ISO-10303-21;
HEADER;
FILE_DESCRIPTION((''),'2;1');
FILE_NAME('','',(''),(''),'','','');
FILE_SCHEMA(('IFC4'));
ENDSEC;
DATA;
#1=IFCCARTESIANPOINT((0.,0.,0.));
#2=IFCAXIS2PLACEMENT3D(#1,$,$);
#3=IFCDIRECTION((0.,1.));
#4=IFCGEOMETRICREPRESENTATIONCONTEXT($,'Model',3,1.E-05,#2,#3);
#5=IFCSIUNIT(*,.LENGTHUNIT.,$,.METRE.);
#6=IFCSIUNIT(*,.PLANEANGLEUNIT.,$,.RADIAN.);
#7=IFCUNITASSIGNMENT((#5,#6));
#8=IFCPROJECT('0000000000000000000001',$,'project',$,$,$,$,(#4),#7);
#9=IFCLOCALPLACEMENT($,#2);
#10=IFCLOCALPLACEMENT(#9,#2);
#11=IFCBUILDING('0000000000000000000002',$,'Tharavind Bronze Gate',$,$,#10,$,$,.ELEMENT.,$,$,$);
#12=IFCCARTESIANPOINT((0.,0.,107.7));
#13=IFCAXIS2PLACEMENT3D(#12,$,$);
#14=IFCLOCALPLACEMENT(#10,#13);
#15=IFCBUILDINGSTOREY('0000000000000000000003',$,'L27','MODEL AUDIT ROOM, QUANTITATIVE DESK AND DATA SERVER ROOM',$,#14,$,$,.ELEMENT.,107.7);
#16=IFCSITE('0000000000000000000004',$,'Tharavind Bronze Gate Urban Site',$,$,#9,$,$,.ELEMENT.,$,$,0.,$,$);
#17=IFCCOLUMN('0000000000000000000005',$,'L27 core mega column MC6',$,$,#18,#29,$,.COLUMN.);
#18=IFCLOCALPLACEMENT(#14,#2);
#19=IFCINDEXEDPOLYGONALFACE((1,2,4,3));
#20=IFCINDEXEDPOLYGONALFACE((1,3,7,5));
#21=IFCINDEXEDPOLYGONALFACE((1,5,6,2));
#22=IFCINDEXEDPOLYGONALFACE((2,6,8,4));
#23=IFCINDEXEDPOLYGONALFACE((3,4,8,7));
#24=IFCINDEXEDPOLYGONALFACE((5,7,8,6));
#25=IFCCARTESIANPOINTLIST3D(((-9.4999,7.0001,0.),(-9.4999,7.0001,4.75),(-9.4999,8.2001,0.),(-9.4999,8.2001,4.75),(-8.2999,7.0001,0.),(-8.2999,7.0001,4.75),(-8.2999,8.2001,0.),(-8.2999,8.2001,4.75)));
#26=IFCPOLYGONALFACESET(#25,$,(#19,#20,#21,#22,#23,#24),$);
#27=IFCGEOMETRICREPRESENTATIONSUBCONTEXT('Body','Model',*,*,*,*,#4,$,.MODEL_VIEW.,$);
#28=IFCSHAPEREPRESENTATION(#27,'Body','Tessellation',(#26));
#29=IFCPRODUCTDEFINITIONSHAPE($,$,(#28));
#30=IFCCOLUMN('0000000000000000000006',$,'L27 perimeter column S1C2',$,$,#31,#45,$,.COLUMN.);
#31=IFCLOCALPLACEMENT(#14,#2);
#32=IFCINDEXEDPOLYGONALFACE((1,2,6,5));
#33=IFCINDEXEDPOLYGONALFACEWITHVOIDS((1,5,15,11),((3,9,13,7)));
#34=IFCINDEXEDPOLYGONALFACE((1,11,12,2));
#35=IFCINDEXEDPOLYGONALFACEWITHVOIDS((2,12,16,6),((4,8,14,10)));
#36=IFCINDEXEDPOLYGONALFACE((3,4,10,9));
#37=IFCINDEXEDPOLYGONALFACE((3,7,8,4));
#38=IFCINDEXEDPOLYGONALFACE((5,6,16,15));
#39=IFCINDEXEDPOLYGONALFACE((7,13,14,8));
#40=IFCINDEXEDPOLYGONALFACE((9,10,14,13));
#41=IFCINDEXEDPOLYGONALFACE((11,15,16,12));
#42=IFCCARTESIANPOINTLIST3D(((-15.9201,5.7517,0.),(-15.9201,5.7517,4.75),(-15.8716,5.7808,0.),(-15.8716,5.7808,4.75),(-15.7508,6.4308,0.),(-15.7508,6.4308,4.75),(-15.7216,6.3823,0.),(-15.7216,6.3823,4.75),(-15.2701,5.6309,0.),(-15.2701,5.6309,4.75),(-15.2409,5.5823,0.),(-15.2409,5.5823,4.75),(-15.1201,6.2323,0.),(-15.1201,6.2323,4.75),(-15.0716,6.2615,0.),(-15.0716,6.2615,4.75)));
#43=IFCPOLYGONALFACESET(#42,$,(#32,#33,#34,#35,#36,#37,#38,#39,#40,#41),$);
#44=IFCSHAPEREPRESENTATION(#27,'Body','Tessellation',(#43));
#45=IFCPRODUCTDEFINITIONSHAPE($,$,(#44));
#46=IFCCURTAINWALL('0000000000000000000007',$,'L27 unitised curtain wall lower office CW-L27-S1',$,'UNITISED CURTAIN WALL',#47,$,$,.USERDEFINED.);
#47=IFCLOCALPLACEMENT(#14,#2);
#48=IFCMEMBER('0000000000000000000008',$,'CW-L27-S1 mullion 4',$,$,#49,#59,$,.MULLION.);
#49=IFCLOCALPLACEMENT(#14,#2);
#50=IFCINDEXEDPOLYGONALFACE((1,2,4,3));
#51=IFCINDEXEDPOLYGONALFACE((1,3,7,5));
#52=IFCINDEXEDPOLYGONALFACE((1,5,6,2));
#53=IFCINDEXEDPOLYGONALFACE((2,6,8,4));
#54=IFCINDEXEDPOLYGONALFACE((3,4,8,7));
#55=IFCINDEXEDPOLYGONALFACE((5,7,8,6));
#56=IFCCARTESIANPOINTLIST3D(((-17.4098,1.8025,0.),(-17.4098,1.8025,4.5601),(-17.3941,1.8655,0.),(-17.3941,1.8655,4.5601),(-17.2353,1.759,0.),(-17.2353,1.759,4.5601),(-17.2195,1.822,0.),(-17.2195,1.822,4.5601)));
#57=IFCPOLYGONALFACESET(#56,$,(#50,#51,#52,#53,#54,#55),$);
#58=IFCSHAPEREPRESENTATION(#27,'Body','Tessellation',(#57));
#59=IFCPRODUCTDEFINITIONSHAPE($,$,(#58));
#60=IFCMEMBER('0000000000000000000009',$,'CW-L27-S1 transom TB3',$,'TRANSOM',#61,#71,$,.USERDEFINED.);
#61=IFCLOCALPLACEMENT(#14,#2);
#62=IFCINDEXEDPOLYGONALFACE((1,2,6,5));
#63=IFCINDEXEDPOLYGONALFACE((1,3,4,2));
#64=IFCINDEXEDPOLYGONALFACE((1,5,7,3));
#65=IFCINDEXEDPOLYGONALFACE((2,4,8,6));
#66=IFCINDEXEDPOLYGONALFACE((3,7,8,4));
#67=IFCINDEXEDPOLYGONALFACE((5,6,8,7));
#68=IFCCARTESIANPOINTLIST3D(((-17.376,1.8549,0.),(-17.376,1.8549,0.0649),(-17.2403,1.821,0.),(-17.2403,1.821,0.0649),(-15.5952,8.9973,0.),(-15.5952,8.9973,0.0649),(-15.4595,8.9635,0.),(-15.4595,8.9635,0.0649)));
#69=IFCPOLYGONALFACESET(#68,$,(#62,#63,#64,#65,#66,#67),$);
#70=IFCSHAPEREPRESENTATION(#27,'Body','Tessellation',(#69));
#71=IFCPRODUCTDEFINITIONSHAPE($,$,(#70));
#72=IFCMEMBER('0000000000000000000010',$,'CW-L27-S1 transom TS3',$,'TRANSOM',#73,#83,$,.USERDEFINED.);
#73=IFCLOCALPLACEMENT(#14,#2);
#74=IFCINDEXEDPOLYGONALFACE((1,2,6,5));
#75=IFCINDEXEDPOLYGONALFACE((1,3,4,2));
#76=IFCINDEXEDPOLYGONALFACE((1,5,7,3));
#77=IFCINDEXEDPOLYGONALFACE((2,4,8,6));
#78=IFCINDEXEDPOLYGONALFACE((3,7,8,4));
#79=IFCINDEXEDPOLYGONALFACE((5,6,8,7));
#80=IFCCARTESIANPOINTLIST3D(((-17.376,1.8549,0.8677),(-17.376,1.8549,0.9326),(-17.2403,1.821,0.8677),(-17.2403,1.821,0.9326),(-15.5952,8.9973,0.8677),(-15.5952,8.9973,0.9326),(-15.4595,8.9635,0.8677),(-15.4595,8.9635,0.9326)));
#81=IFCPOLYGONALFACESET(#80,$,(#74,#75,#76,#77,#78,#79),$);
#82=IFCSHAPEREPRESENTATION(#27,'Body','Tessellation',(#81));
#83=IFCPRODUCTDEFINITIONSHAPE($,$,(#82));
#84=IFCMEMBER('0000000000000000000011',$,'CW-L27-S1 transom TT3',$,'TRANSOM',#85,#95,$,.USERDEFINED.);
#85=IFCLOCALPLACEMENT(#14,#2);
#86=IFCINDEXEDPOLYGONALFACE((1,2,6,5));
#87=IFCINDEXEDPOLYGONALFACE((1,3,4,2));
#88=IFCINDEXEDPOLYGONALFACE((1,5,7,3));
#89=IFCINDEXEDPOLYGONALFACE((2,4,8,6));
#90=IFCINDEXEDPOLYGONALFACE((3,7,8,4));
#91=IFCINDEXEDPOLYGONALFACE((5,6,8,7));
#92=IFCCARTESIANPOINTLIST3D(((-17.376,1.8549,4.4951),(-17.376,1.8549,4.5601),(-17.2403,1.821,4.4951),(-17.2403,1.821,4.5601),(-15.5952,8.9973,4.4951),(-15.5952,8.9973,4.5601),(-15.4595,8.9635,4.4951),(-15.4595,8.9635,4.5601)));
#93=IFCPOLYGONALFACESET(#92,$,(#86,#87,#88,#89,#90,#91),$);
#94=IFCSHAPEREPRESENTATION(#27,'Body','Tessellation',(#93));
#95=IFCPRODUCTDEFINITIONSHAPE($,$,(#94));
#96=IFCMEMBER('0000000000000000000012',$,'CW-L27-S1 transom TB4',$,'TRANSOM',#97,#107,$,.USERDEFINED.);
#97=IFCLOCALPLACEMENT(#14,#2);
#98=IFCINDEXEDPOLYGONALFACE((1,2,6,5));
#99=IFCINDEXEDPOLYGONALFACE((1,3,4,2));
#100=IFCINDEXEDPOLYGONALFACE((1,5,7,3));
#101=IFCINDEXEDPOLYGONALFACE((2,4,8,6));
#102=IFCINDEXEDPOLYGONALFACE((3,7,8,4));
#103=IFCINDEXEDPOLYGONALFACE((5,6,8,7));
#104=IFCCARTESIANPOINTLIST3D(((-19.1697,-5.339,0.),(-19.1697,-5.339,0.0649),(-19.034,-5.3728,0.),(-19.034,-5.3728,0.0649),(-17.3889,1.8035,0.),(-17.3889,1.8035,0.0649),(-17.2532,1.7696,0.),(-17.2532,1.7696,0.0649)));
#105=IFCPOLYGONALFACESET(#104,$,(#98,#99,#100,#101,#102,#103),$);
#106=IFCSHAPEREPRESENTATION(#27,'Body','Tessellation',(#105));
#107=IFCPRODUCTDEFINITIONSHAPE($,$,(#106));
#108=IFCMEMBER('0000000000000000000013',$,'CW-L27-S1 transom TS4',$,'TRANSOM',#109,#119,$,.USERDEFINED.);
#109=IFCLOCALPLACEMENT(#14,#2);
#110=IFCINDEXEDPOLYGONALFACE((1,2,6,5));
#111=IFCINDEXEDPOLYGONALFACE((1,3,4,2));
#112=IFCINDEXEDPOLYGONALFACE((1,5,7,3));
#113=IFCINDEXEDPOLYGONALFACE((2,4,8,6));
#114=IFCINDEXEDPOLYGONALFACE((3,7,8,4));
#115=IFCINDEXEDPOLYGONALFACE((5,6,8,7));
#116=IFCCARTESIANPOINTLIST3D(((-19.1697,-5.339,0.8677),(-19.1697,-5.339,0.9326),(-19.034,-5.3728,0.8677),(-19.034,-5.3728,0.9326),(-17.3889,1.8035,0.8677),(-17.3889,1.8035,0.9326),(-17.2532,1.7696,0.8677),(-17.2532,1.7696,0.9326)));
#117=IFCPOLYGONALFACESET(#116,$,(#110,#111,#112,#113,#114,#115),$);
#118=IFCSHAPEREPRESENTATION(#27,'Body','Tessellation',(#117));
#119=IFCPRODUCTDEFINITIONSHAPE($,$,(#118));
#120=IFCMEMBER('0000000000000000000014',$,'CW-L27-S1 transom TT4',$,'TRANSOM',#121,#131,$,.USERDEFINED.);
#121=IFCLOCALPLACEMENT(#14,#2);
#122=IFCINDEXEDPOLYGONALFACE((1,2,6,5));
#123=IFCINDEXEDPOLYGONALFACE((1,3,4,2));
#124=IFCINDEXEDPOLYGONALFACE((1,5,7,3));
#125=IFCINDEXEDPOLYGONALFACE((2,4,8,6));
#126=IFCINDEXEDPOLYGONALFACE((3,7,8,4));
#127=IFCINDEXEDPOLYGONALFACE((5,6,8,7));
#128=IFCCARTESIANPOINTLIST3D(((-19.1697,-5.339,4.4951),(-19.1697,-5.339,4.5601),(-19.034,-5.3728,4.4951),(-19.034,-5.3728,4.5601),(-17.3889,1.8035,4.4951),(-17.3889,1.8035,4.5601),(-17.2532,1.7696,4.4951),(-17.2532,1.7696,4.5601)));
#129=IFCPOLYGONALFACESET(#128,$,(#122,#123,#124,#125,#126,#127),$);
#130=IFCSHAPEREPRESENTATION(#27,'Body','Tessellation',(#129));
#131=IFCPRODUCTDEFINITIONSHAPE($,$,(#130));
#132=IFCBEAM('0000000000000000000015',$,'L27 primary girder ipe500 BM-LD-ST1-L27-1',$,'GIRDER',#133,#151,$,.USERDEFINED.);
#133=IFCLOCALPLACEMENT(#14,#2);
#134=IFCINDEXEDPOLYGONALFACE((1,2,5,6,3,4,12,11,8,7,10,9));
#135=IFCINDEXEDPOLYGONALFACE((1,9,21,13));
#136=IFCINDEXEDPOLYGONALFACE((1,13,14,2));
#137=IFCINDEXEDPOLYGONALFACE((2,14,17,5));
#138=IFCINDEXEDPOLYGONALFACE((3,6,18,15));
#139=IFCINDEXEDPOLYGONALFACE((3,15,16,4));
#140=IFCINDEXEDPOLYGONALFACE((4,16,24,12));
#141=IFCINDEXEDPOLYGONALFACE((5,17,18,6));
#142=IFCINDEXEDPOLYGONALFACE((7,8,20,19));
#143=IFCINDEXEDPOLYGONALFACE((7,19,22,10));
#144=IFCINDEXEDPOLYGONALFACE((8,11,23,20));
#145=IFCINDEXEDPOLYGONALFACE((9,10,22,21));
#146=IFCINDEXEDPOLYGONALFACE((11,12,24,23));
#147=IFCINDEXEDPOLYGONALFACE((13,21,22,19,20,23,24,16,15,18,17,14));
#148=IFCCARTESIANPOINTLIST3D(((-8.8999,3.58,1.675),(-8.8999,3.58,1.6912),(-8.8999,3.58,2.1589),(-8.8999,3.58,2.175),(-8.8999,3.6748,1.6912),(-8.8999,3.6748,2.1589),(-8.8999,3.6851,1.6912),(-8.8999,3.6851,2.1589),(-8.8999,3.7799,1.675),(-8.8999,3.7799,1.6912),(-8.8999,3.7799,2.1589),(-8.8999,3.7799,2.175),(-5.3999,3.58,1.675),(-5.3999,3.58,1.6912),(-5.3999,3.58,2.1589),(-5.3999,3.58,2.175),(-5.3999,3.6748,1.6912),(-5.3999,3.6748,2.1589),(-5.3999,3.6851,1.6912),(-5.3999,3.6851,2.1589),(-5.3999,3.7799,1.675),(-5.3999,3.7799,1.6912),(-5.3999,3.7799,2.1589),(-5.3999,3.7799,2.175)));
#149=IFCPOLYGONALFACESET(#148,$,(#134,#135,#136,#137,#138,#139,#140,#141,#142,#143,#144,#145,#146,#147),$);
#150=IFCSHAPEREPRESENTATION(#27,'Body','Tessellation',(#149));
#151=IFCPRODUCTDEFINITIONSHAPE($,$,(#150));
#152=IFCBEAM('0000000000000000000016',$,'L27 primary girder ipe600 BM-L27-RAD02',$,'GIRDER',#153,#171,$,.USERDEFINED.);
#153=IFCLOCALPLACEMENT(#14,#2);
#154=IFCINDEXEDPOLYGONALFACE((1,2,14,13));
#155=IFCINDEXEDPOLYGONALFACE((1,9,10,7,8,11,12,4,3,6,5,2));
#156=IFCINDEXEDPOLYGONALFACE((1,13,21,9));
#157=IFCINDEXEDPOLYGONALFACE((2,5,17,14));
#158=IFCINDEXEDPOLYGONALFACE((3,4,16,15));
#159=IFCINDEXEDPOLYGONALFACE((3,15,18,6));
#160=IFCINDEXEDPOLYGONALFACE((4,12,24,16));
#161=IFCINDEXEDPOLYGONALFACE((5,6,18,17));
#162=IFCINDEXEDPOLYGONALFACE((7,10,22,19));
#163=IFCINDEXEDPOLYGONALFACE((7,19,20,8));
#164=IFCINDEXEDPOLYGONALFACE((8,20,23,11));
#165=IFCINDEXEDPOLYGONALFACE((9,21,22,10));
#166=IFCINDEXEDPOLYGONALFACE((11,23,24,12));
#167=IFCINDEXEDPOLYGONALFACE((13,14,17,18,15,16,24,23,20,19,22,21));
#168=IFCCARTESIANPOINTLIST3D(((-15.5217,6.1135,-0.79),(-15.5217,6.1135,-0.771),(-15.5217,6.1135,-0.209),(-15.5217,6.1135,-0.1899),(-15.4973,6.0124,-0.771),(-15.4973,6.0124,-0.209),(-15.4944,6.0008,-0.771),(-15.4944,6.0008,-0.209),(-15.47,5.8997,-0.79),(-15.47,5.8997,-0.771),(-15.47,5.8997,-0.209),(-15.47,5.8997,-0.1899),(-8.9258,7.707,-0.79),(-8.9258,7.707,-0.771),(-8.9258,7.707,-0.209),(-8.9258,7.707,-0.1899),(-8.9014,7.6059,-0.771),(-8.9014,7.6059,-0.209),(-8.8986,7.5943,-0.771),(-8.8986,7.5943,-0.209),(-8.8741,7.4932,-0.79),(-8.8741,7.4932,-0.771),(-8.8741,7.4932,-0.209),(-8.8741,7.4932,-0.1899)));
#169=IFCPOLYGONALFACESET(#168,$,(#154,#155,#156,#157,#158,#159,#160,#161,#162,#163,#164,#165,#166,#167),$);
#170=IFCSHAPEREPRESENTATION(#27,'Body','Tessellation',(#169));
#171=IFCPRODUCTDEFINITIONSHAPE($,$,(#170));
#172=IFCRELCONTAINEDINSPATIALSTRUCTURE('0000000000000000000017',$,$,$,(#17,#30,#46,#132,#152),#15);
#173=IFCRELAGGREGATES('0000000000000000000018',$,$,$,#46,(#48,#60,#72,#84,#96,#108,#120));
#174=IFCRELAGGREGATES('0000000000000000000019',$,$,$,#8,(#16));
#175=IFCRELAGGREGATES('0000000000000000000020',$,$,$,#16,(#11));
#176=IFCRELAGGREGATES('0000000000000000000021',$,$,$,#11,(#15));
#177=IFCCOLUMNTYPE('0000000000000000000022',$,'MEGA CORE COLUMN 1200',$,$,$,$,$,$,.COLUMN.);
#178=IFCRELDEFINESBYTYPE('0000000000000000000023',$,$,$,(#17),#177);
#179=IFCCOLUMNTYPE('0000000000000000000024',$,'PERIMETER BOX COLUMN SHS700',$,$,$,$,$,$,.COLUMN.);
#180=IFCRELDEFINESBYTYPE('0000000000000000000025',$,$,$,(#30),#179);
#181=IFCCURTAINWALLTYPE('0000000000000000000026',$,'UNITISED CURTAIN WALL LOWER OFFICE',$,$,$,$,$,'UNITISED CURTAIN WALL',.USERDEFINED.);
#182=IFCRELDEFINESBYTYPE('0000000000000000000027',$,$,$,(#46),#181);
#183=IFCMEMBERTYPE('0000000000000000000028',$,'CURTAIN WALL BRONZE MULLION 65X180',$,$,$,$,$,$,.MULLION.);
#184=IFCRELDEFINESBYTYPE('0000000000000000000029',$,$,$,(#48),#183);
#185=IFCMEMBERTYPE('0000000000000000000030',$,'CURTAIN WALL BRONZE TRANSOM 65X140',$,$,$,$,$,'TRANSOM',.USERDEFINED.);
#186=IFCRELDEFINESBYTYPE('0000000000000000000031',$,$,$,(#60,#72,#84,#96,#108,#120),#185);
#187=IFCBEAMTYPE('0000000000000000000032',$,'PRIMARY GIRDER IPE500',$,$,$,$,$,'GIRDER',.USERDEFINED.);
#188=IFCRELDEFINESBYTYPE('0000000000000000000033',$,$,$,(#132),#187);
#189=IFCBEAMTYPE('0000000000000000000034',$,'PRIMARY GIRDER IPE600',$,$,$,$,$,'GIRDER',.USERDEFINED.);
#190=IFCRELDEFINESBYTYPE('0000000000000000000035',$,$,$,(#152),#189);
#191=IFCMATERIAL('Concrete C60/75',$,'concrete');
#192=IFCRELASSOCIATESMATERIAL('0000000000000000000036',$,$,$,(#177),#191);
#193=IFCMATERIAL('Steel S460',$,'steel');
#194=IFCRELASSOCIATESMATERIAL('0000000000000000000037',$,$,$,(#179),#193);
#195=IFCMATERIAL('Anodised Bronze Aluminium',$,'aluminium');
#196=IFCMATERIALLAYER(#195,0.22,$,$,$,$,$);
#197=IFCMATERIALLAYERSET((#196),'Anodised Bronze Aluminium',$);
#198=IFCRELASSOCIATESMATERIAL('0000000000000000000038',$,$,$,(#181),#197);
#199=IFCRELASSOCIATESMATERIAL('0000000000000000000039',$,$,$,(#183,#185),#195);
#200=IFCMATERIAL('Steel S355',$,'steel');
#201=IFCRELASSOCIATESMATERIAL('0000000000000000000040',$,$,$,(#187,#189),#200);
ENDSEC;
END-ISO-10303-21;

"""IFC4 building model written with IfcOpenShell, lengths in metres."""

from ifc_helpers import new_model, si_unit, direction, frame, origin, origin_2d, place, context, subcontext, project, spatial, rectangle, hollow_rectangle, i_section, extrude, material, layer, layer_set, material_profile, profile_set, type_object, element, aggregate, save


model = new_model("IFC4")

# Units and contexts
model_context = context("Model", 3, precision=1e-05, world=origin(), true_north=direction((0.0, 1.0)))
body_context = subcontext(model_context, "Body", "Model", "MODEL_VIEW")
ifc_project = project(units=[si_unit("LENGTHUNIT", "METRE"), si_unit("PLANEANGLEUNIT", "RADIAN")], contexts=[model_context])

# Site, building, storey
site_placement = place(None, origin())
site = spatial("IfcSite", under=ifc_project, at=site_placement, Name="Tharavind Bronze Gate Urban Site", CompositionType="ELEMENT", RefElevation=0.0)
building_placement = place(site_placement, origin())
building = spatial("IfcBuilding", under=site, at=building_placement, Name="Tharavind Bronze Gate", CompositionType="ELEMENT")
storey_placement = place(building_placement, frame((0.0, 0.0, 107.7)))
storey = spatial("IfcBuildingStorey", under=building, at=storey_placement, Name="L27", Description="MODEL AUDIT ROOM, QUANTITATIVE DESK AND DATA SERVER ROOM", CompositionType="ELEMENT", Elevation=107.7)

# Columns
ifc_material_1 = material(Name="Concrete C60/75", Category="concrete")
ifc_material_profile_1 = material_profile(ifc_material_1, rectangle(XDim=1.2, YDim=1.2, at=origin_2d()), Name="RCCOL1200")
ifc_profile_set_1 = profile_set([ifc_material_profile_1], Name="Concrete C60/75")
column_type_1 = type_object("IfcColumnType", Name="MEGA CORE COLUMN 1200", PredefinedType="COLUMN", material=ifc_profile_set_1)
column_1_placement = place(storey_placement, frame((-8.8999, 7.6001, 0.0), z_axis=(0.0, 0.0, 1.0), x_axis=(1.0, 0.0, 0.0)))
element("IfcColumn", 1, at=column_1_placement, inside=storey, type_object=column_type_1, Name="L27 core mega column MC6", PredefinedType="COLUMN", context=body_context, shape_type="SweptSolid", body=[
    extrude(rectangle(XDim=1.2, YDim=1.2, at=origin_2d()), origin(), (0.0, 0.0, 1.0), 4.75),
])
ifc_material_2 = material(Name="Steel S460", Category="steel")
ifc_material_profile_2 = material_profile(ifc_material_2, hollow_rectangle(XDim=0.7, YDim=0.7, WallThickness=0.04, at=origin_2d()), Name="SHS700X40")
ifc_profile_set_2 = profile_set([ifc_material_profile_2], Name="Steel S460")
column_type_2 = type_object("IfcColumnType", Name="PERIMETER BOX COLUMN SHS700", PredefinedType="COLUMN", material=ifc_profile_set_2)
column_2_placement = place(storey_placement, frame((-15.4958, 6.0066, 0.0), z_axis=(0.0, 0.0, 1.0), x_axis=(0.241922, 0.970296, 0.0)))
element("IfcColumn", 2, at=column_2_placement, inside=storey, type_object=column_type_2, Name="L27 perimeter column S1C2", PredefinedType="COLUMN", context=body_context, shape_type="SweptSolid", body=[
    extrude(hollow_rectangle(XDim=0.7, YDim=0.7, WallThickness=0.04, at=origin_2d()), origin(), (0.0, 0.0, 1.0), 4.75),
])

# Curtain wall, members
ifc_material_3 = material(Name="Anodised Bronze Aluminium", Category="aluminium")
ifc_layer_1 = layer(ifc_material_3, 0.22)
ifc_layer_set_1 = layer_set([ifc_layer_1], Name="Anodised Bronze Aluminium")
curtain_wall_type = type_object("IfcCurtainWallType", Name="UNITISED CURTAIN WALL LOWER OFFICE", ElementType="UNITISED CURTAIN WALL", PredefinedType="USERDEFINED", material=ifc_layer_set_1)
curtain_wall_placement = place(storey_placement, origin())
curtain_wall = element("IfcCurtainWall", 3, at=curtain_wall_placement, inside=storey, type_object=curtain_wall_type, Name="L27 unitised curtain wall lower office CW-L27-S1", ObjectType="UNITISED CURTAIN WALL", PredefinedType="USERDEFINED")
member_type_1 = type_object("IfcMemberType", Name="CURTAIN WALL BRONZE MULLION 65X180", PredefinedType="MULLION", material=ifc_material_3)
member_1_placement = place(storey_placement, frame((-17.3147, 1.8123, 0.0), z_axis=(0.0, 0.0, 1.0), x_axis=(-0.241922, -0.970296, 0.0)))
member_1 = element("IfcMember", 4, at=member_1_placement, type_object=member_type_1, Name="CW-L27-S1 mullion 4", PredefinedType="MULLION", context=body_context, shape_type="SweptSolid", body=[
    extrude(rectangle(XDim=0.0649, YDim=0.1799, at=origin_2d()), origin(), (0.0, 0.0, 1.0), 4.5601),
])
member_type_2 = type_object("IfcMemberType", Name="CURTAIN WALL BRONZE TRANSOM 65X140", ElementType="TRANSOM", PredefinedType="USERDEFINED", material=ifc_material_3)
member_2_placement = place(storey_placement, frame((-16.4177, 5.4092, 0.0), z_axis=(0.0, 0.0, 1.0), x_axis=(-0.241922, -0.970296, 0.0)))
member_2 = element("IfcMember", 5, at=member_2_placement, type_object=member_type_2, Name="CW-L27-S1 transom TB3", ObjectType="TRANSOM", PredefinedType="USERDEFINED", context=body_context, shape_type="SweptSolid", body=[
    extrude(rectangle(XDim=7.3611, YDim=0.1399, at=origin_2d()), origin(), (0.0, 0.0, 1.0), 0.0649),
])
member_3_placement = place(storey_placement, frame((-16.4177, 5.4092, 0.8677), z_axis=(0.0, 0.0, 1.0), x_axis=(-0.241922, -0.970296, 0.0)))
member_3 = element("IfcMember", 6, at=member_3_placement, type_object=member_type_2, Name="CW-L27-S1 transom TS3", ObjectType="TRANSOM", PredefinedType="USERDEFINED", context=body_context, shape_type="SweptSolid", body=[
    extrude(rectangle(XDim=7.3611, YDim=0.1399, at=origin_2d()), origin(), (0.0, 0.0, 1.0), 0.0649),
])
member_4_placement = place(storey_placement, frame((-16.4177, 5.4092, 4.4951), z_axis=(0.0, 0.0, 1.0), x_axis=(-0.241922, -0.970296, 0.0)))
member_4 = element("IfcMember", 7, at=member_4_placement, type_object=member_type_2, Name="CW-L27-S1 transom TT3", ObjectType="TRANSOM", PredefinedType="USERDEFINED", context=body_context, shape_type="SweptSolid", body=[
    extrude(rectangle(XDim=7.3611, YDim=0.1399, at=origin_2d()), origin(), (0.0, 0.0, 1.0), 0.0649),
])
member_5_placement = place(storey_placement, frame((-18.2114, -1.7847, 0.0), z_axis=(0.0, 0.0, 1.0), x_axis=(-0.241922, -0.970296, 0.0)))
member_5 = element("IfcMember", 8, at=member_5_placement, type_object=member_type_2, Name="CW-L27-S1 transom TB4", ObjectType="TRANSOM", PredefinedType="USERDEFINED", context=body_context, shape_type="SweptSolid", body=[
    extrude(rectangle(XDim=7.3611, YDim=0.1399, at=origin_2d()), origin(), (0.0, 0.0, 1.0), 0.0649),
])
member_6_placement = place(storey_placement, frame((-18.2114, -1.7847, 0.8677), z_axis=(0.0, 0.0, 1.0), x_axis=(-0.241922, -0.970296, 0.0)))
member_6 = element("IfcMember", 9, at=member_6_placement, type_object=member_type_2, Name="CW-L27-S1 transom TS4", ObjectType="TRANSOM", PredefinedType="USERDEFINED", context=body_context, shape_type="SweptSolid", body=[
    extrude(rectangle(XDim=7.3611, YDim=0.1399, at=origin_2d()), origin(), (0.0, 0.0, 1.0), 0.0649),
])
member_7_placement = place(storey_placement, frame((-18.2114, -1.7847, 4.4951), z_axis=(0.0, 0.0, 1.0), x_axis=(-0.241922, -0.970296, 0.0)))
member_7 = element("IfcMember", 10, at=member_7_placement, type_object=member_type_2, Name="CW-L27-S1 transom TT4", ObjectType="TRANSOM", PredefinedType="USERDEFINED", context=body_context, shape_type="SweptSolid", body=[
    extrude(rectangle(XDim=7.3611, YDim=0.1399, at=origin_2d()), origin(), (0.0, 0.0, 1.0), 0.0649),
])

# Beams
ifc_material_4 = material(Name="Steel S355", Category="steel")
ifc_material_profile_3 = material_profile(ifc_material_4, i_section(OverallWidth=0.2, OverallDepth=0.5, WebThickness=0.0103, FlangeThickness=0.0161, at=origin_2d()), Name="IPE500")
ifc_profile_set_3 = profile_set([ifc_material_profile_3], Name="Steel S355")
beam_type_1 = type_object("IfcBeamType", Name="PRIMARY GIRDER IPE500", ElementType="GIRDER", PredefinedType="USERDEFINED", material=ifc_profile_set_3)
beam_1_placement = place(storey_placement, frame((-8.8999, 3.6799, 1.925), z_axis=(1.0, 0.0, 0.0), x_axis=(0.0, 1.0, 0.0)))
element("IfcBeam", 11, at=beam_1_placement, inside=storey, type_object=beam_type_1, Name="L27 primary girder ipe500 BM-LD-ST1-L27-1", ObjectType="GIRDER", PredefinedType="USERDEFINED", context=body_context, shape_type="SweptSolid", body=[
    extrude(i_section(OverallWidth=0.2, OverallDepth=0.5, WebThickness=0.0103, FlangeThickness=0.0161, at=origin_2d()), origin(), (0.0, 0.0, 1.0), 3.5),
])
ifc_material_profile_4 = material_profile(ifc_material_4, i_section(OverallWidth=0.22, OverallDepth=0.6001, WebThickness=0.012, FlangeThickness=0.019, at=origin_2d()), Name="IPE600")
ifc_profile_set_4 = profile_set([ifc_material_profile_4], Name="Steel S355")
beam_type_2 = type_object("IfcBeamType", Name="PRIMARY GIRDER IPE600", ElementType="GIRDER", PredefinedType="USERDEFINED", material=ifc_profile_set_4)
beam_2_placement = place(storey_placement, frame((-15.4958, 6.0066, -0.49), z_axis=(0.972036, 0.234833, 0.0), x_axis=(-0.234833, 0.972036, 0.0)))
element("IfcBeam", 12, at=beam_2_placement, inside=storey, type_object=beam_type_2, Name="L27 primary girder ipe600 BM-L27-RAD02", ObjectType="GIRDER", PredefinedType="USERDEFINED", context=body_context, shape_type="SweptSolid", body=[
    extrude(i_section(OverallWidth=0.22, OverallDepth=0.6001, WebThickness=0.012, FlangeThickness=0.019, at=origin_2d()), origin(), (0.0, 0.0, 1.0), 6.7856),
])

aggregate(curtain_wall, [member_1, member_2, member_3, member_4, member_5, member_6, member_7])

save(model, "model.ifc")
